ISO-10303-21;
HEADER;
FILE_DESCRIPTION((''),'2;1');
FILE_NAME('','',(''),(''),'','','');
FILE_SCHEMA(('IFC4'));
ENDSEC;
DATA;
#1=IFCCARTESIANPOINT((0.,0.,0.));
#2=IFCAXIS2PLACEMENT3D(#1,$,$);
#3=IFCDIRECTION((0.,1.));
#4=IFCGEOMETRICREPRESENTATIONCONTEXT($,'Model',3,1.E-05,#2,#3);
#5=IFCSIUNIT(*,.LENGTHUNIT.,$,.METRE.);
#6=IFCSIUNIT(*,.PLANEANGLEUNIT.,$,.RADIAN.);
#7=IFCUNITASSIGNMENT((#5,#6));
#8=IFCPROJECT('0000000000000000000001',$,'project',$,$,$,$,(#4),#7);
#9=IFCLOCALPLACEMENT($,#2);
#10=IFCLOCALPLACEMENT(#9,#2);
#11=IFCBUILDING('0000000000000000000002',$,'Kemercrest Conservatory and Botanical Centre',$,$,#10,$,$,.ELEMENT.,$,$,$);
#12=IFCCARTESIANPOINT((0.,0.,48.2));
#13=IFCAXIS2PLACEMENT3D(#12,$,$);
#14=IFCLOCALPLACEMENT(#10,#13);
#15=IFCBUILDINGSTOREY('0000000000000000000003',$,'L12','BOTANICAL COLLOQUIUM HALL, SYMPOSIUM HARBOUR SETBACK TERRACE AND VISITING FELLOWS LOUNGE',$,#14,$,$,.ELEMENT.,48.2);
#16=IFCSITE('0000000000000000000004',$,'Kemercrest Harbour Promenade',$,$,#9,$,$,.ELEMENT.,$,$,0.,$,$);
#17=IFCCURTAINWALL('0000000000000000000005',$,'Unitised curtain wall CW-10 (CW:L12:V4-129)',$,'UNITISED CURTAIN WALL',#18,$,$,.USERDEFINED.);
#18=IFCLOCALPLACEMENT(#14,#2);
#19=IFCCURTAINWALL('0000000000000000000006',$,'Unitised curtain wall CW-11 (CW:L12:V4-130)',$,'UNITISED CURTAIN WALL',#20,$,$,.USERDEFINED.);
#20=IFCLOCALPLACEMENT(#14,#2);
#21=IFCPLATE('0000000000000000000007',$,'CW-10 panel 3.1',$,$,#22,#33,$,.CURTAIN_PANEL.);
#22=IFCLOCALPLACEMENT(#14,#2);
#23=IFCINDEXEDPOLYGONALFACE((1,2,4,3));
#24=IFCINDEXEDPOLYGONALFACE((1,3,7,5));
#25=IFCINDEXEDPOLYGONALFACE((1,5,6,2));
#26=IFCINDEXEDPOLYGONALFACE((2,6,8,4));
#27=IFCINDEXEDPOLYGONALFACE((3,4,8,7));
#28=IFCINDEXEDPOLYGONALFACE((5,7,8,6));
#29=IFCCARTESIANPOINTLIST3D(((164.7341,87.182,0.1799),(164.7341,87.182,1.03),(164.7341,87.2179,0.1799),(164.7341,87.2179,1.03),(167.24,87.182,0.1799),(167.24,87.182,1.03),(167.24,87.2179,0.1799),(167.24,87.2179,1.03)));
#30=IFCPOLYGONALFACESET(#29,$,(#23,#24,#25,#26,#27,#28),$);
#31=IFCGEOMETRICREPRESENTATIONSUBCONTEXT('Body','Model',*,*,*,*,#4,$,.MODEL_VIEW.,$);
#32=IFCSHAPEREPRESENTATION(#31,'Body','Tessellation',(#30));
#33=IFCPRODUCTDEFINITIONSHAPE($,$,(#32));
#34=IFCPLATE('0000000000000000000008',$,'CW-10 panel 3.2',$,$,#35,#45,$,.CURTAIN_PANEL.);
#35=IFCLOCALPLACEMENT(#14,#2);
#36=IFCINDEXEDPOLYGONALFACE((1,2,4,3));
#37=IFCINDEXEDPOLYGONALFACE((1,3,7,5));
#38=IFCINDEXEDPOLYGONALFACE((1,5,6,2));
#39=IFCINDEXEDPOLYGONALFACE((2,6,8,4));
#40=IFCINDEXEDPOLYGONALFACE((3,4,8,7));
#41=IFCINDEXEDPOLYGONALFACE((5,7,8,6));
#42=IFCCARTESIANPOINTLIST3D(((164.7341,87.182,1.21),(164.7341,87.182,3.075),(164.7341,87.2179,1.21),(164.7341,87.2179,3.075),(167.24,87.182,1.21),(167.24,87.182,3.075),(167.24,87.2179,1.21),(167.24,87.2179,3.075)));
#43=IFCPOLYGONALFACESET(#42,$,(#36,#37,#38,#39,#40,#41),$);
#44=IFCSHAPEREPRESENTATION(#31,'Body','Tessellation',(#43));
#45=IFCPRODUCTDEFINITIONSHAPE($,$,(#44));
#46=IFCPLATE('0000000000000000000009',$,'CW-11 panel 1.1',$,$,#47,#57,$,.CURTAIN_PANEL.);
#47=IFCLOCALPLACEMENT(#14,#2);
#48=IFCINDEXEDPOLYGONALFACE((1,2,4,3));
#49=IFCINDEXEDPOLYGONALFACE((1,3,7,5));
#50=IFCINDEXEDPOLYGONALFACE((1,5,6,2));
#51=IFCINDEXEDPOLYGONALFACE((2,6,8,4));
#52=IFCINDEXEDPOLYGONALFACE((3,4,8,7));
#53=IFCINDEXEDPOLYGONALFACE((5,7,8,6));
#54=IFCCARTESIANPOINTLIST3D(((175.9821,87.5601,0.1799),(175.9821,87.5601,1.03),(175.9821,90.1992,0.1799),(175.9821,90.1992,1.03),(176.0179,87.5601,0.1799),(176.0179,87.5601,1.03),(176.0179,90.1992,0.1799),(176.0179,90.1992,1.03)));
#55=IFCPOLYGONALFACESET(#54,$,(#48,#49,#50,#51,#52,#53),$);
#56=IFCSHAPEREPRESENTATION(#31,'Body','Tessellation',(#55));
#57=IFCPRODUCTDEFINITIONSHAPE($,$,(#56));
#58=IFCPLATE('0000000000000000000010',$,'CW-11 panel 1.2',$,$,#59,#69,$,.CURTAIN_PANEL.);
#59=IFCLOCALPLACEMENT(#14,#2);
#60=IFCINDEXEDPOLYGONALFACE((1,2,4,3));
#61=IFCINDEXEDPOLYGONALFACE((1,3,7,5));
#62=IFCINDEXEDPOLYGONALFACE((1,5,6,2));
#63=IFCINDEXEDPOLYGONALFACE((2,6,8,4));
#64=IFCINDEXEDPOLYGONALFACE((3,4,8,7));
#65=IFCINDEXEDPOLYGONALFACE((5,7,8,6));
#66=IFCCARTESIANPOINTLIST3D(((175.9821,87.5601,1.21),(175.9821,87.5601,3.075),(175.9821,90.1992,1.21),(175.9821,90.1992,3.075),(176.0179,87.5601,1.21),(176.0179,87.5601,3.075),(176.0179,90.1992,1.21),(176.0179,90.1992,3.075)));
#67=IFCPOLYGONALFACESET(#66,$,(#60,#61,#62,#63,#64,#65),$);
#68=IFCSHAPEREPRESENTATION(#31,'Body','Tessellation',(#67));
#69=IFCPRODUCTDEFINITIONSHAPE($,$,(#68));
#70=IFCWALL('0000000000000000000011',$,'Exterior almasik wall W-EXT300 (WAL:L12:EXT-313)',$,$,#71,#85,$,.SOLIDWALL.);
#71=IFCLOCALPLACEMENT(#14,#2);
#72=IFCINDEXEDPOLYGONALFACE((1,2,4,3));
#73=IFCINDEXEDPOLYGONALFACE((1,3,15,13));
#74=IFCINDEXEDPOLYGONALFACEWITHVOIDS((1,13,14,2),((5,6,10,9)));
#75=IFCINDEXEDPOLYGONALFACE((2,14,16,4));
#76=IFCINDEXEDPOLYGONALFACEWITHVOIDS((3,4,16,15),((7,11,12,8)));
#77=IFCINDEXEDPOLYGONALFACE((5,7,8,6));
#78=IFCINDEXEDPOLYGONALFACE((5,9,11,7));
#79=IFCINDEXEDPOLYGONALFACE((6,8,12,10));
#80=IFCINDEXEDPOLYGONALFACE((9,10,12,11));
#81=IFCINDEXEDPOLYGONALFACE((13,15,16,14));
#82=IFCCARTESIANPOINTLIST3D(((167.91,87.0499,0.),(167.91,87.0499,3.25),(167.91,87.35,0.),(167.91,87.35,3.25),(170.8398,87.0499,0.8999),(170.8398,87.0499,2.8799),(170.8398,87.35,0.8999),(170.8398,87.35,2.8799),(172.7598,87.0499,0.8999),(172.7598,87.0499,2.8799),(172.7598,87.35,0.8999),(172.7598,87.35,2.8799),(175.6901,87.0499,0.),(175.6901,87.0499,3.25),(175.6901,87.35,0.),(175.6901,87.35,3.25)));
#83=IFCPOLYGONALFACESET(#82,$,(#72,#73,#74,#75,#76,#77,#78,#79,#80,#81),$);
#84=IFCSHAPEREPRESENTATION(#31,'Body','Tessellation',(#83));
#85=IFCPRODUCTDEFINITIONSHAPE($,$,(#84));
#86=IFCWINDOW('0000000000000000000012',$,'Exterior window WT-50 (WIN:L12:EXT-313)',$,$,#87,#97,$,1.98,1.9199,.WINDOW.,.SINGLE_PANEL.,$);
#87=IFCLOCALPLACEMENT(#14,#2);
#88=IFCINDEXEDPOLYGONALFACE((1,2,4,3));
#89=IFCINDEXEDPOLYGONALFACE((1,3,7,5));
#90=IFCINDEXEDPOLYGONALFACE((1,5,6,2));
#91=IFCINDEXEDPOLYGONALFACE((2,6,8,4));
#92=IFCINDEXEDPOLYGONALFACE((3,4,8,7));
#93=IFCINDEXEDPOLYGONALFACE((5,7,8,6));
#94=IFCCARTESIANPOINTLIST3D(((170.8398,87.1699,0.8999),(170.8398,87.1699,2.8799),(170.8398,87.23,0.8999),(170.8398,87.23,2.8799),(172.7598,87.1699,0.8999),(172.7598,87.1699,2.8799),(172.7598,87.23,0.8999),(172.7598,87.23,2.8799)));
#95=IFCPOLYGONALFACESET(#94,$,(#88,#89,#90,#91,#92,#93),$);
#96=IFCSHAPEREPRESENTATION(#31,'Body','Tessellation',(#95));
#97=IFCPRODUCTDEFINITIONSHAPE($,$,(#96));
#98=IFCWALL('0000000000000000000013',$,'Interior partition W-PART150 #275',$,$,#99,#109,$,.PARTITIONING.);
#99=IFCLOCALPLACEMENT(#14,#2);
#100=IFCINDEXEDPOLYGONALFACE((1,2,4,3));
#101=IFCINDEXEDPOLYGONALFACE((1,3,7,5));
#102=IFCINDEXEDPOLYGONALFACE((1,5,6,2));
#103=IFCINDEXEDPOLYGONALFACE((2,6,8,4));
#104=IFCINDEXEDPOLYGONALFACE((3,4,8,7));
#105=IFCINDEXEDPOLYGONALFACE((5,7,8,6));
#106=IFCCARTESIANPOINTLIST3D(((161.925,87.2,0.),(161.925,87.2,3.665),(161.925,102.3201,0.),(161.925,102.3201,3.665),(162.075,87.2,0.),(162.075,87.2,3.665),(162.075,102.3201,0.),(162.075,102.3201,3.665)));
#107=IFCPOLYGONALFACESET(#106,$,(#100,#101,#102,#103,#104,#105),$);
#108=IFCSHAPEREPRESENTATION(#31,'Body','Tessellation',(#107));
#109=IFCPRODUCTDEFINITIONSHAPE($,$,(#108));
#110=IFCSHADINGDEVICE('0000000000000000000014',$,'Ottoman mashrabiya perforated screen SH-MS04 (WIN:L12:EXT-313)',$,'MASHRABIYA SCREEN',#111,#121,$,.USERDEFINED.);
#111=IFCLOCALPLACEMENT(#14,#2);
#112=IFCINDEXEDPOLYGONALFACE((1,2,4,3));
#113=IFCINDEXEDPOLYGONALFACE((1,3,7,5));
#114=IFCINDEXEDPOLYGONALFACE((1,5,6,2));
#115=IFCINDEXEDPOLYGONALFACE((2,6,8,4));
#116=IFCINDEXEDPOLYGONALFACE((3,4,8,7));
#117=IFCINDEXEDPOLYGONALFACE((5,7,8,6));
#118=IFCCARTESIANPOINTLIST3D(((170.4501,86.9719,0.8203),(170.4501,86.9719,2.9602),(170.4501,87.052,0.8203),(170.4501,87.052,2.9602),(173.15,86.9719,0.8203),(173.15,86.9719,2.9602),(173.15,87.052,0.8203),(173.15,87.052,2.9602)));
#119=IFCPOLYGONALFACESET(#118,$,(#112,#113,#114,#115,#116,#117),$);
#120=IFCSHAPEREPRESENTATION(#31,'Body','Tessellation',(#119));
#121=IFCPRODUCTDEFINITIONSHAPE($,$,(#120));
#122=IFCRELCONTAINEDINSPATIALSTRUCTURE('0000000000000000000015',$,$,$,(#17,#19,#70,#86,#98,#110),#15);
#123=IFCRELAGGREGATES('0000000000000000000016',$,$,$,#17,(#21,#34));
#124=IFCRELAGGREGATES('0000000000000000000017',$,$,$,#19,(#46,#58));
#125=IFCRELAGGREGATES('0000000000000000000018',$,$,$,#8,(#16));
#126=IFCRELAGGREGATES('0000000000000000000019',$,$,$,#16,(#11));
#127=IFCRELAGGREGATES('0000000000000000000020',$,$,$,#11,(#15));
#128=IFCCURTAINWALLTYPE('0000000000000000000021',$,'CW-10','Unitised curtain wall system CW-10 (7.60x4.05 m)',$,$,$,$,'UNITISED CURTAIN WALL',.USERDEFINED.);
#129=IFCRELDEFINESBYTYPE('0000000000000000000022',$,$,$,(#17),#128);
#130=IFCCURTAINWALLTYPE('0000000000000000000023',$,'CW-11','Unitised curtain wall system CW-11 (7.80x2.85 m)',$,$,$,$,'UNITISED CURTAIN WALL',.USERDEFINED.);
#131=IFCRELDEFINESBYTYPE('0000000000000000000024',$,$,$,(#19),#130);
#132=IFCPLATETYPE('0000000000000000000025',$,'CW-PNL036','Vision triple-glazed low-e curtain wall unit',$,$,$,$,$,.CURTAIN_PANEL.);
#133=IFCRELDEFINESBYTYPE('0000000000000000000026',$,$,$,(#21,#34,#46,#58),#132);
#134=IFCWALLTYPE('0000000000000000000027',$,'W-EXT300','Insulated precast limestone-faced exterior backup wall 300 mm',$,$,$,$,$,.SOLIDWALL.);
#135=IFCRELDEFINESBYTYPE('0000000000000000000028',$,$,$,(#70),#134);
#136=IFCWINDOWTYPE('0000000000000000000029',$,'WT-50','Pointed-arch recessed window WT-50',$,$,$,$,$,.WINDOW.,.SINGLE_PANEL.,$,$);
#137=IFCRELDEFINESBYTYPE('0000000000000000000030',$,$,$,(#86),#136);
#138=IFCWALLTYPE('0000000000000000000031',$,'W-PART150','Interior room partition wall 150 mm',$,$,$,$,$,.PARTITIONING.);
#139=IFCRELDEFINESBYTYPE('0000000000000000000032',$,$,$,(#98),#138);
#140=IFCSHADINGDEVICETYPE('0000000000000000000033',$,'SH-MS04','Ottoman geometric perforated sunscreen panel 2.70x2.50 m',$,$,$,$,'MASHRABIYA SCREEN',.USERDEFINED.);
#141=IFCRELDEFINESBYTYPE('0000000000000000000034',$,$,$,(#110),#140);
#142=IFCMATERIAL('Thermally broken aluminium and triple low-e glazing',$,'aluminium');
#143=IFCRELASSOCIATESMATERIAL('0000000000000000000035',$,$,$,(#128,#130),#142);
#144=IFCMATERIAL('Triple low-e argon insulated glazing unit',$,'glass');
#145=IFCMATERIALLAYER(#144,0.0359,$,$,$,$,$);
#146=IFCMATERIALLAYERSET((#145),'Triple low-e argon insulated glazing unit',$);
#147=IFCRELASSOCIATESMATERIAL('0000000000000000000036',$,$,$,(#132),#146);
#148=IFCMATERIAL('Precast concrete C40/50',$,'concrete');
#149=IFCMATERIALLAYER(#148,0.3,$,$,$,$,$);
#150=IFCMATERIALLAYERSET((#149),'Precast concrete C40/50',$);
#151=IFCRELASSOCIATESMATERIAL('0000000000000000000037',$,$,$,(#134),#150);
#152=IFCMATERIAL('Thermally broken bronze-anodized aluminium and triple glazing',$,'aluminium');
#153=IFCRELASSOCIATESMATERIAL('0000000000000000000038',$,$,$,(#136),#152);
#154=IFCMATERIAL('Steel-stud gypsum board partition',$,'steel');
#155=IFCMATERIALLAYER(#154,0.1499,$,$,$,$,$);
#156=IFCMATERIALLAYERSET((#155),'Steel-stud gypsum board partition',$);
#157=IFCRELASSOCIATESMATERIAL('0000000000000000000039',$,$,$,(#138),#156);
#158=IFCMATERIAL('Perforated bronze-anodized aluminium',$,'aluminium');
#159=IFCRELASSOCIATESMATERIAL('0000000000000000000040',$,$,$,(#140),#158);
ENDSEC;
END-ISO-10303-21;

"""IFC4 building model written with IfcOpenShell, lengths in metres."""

from ifc_helpers import new_model, si_unit, direction, frame, frame_2d, origin, origin_2d, place, context, subcontext, project, spatial, rectangle, extrude, material, layer, layer_set, type_object, element, fill, aggregate, save


model = new_model("IFC4")

# Units and contexts
model_context = context("Model", 3, precision=1e-05, world=origin(), true_north=direction((0.0, 1.0)))
body_context = subcontext(model_context, "Body", "Model", "MODEL_VIEW")
ifc_project = project(units=[si_unit("LENGTHUNIT", "METRE"), si_unit("PLANEANGLEUNIT", "RADIAN")], contexts=[model_context])

# Site, building, storey
site_placement = place(None, origin())
site = spatial("IfcSite", under=ifc_project, at=site_placement, Name="Kemercrest Harbour Promenade", CompositionType="ELEMENT", RefElevation=0.0)
building_placement = place(site_placement, origin())
building = spatial("IfcBuilding", under=site, at=building_placement, Name="Kemercrest Conservatory and Botanical Centre", CompositionType="ELEMENT")
storey_placement = place(building_placement, frame((0.0, 0.0, 48.2)))
storey = spatial("IfcBuildingStorey", under=building, at=storey_placement, Name="L12", Description="BOTANICAL COLLOQUIUM HALL, SYMPOSIUM HARBOUR SETBACK TERRACE AND VISITING FELLOWS LOUNGE", CompositionType="ELEMENT", Elevation=48.2)

# Curtain wall
ifc_material_1 = material(Name="Thermally broken aluminium and triple low-e glazing", Category="aluminium")
curtain_wall_type_1 = type_object("IfcCurtainWallType", Name="CW-10", Description="Unitised curtain wall system CW-10 (7.60x4.05 m)", ElementType="UNITISED CURTAIN WALL", PredefinedType="USERDEFINED", material=ifc_material_1)
curtain_wall_1_placement = place(storey_placement, origin())
curtain_wall_1 = element("IfcCurtainWall", 1, at=curtain_wall_1_placement, inside=storey, type_object=curtain_wall_type_1, Name="Unitised curtain wall CW-10 (CW:L12:V4-129)", ObjectType="UNITISED CURTAIN WALL", PredefinedType="USERDEFINED")

# Curtain wall
curtain_wall_type_2 = type_object("IfcCurtainWallType", Name="CW-11", Description="Unitised curtain wall system CW-11 (7.80x2.85 m)", ElementType="UNITISED CURTAIN WALL", PredefinedType="USERDEFINED", material=ifc_material_1)
curtain_wall_2_placement = place(storey_placement, origin())
curtain_wall_2 = element("IfcCurtainWall", 2, at=curtain_wall_2_placement, inside=storey, type_object=curtain_wall_type_2, Name="Unitised curtain wall CW-11 (CW:L12:V4-130)", ObjectType="UNITISED CURTAIN WALL", PredefinedType="USERDEFINED")

# Plates
ifc_material_2 = material(Name="Triple low-e argon insulated glazing unit", Category="glass")
ifc_layer_1 = layer(ifc_material_2, 0.0359)
ifc_layer_set_1 = layer_set([ifc_layer_1], Name="Triple low-e argon insulated glazing unit")
plate_type = type_object("IfcPlateType", Name="CW-PNL036", Description="Vision triple-glazed low-e curtain wall unit", PredefinedType="CURTAIN_PANEL", material=ifc_layer_set_1)
plate_1_placement = place(storey_placement, frame((165.9871, 87.2, 0.1799), z_axis=(0.0, 0.0, 1.0), x_axis=(1.0, 0.0, 0.0)))
plate_1 = element("IfcPlate", 3, at=plate_1_placement, type_object=plate_type, Name="CW-10 panel 3.1", PredefinedType="CURTAIN_PANEL", context=body_context, shape_type="SweptSolid", body=[
    extrude(rectangle(XDim=2.5059, YDim=0.0359, at=origin_2d()), origin(), (0.0, 0.0, 1.0), 0.8501),
])
plate_2_placement = place(storey_placement, frame((165.9871, 87.2, 1.21), z_axis=(0.0, 0.0, 1.0), x_axis=(1.0, 0.0, 0.0)))
plate_2 = element("IfcPlate", 4, at=plate_2_placement, type_object=plate_type, Name="CW-10 panel 3.2", PredefinedType="CURTAIN_PANEL", context=body_context, shape_type="SweptSolid", body=[
    extrude(rectangle(XDim=2.5059, YDim=0.0359, at=origin_2d()), origin(), (0.0, 0.0, 1.0), 1.865),
])
aggregate(curtain_wall_1, [plate_1, plate_2])
plate_3_placement = place(storey_placement, frame((176.0, 88.8796, 0.1799), z_axis=(0.0, 0.0, 1.0), x_axis=(0.0, 1.0, 0.0)))
plate_3 = element("IfcPlate", 5, at=plate_3_placement, type_object=plate_type, Name="CW-11 panel 1.1", PredefinedType="CURTAIN_PANEL", context=body_context, shape_type="SweptSolid", body=[
    extrude(rectangle(XDim=2.6392, YDim=0.0359, at=origin_2d()), origin(), (0.0, 0.0, 1.0), 0.8501),
])
plate_4_placement = place(storey_placement, frame((176.0, 88.8796, 1.21), z_axis=(0.0, 0.0, 1.0), x_axis=(0.0, 1.0, 0.0)))
plate_4 = element("IfcPlate", 6, at=plate_4_placement, type_object=plate_type, Name="CW-11 panel 1.2", PredefinedType="CURTAIN_PANEL", context=body_context, shape_type="SweptSolid", body=[
    extrude(rectangle(XDim=2.6392, YDim=0.0359, at=origin_2d()), origin(), (0.0, 0.0, 1.0), 1.865),
])
aggregate(curtain_wall_2, [plate_3, plate_4])

# Wall, opening, window
ifc_material_3 = material(Name="Precast concrete C40/50", Category="concrete")
ifc_layer_2 = layer(ifc_material_3, 0.3)
ifc_layer_set_2 = layer_set([ifc_layer_2], Name="Precast concrete C40/50")
wall_type_1 = type_object("IfcWallType", Name="W-EXT300", Description="Insulated precast limestone-faced exterior backup wall 300 mm", PredefinedType="SOLIDWALL", material=ifc_layer_set_2)
wall_1_placement = place(storey_placement, frame((167.9099, 87.2, 0.0), z_axis=(0.0, 0.0, 1.0), x_axis=(1.0, 0.0, 0.0)))
wall_1 = element("IfcWall", 7, at=wall_1_placement, inside=storey, type_object=wall_type_1, Name="Exterior almasik wall W-EXT300 (WAL:L12:EXT-313)", PredefinedType="SOLIDWALL", context=body_context, shape_type="SweptSolid", body=[
    extrude(rectangle(XDim=7.78, YDim=0.3, at=frame_2d((3.8901, 0.0))), origin(), (0.0, 0.0, 1.0), 3.25),
])
opening_placement = place(wall_1_placement, frame((2.9299, 0.0, 0.8999)))
opening = element("IfcOpeningElement", 8, at=opening_placement, cuts=wall_1, PredefinedType="OPENING", context=body_context, shape_type="SweptSolid", body=[
    extrude(rectangle(XDim=1.9199, YDim=1.98, at=frame_2d((0.96, 0.99))), frame((0.0, 0.1602, 0.0), z_axis=(0.0, -1.0, 0.0), x_axis=(1.0, 0.0, 0.0)), (0.0, 0.0, 1.0), 0.3201),
])
ifc_material_4 = material(Name="Thermally broken bronze-anodized aluminium and triple glazing", Category="aluminium")
window_type = type_object("IfcWindowType", Name="WT-50", Description="Pointed-arch recessed window WT-50", PartitioningType="SINGLE_PANEL", PredefinedType="WINDOW", material=ifc_material_4)
window_placement = place(opening_placement, origin())
window = element("IfcWindow", 9, at=window_placement, inside=storey, type_object=window_type, Name="Exterior window WT-50 (WIN:L12:EXT-313)", OverallHeight=1.98, OverallWidth=1.9199, PartitioningType="SINGLE_PANEL", PredefinedType="WINDOW", context=body_context, shape_type="SweptSolid", body=[
    extrude(rectangle(XDim=1.9199, YDim=1.98, at=frame_2d((0.96, 0.99))), frame((0.0, 0.03, 0.0), z_axis=(0.0, -1.0, 0.0), x_axis=(1.0, 0.0, 0.0)), (0.0, 0.0, 1.0), 0.0601),
])
fill(opening, window)

# Wall
ifc_material_5 = material(Name="Steel-stud gypsum board partition", Category="steel")
ifc_layer_3 = layer(ifc_material_5, 0.1499)
ifc_layer_set_3 = layer_set([ifc_layer_3], Name="Steel-stud gypsum board partition")
wall_type_2 = type_object("IfcWallType", Name="W-PART150", Description="Interior room partition wall 150 mm", PredefinedType="PARTITIONING", material=ifc_layer_set_3)
wall_2_placement = place(storey_placement, frame((162.0, 87.2, 0.0), z_axis=(0.0, 0.0, 1.0), x_axis=(0.0, 1.0, 0.0)))
element("IfcWall", 10, at=wall_2_placement, inside=storey, type_object=wall_type_2, Name="Interior partition W-PART150 #275", PredefinedType="PARTITIONING", context=body_context, shape_type="SweptSolid", body=[
    extrude(rectangle(XDim=15.1201, YDim=0.1499, at=frame_2d((7.5601, 0.0))), origin(), (0.0, 0.0, 1.0), 3.665),
])

# Shading device
ifc_material_6 = material(Name="Perforated bronze-anodized aluminium", Category="aluminium")
shading_device_type = type_object("IfcShadingDeviceType", Name="SH-MS04", Description="Ottoman geometric perforated sunscreen panel 2.70x2.50 m", ElementType="MASHRABIYA SCREEN", PredefinedType="USERDEFINED", material=ifc_material_6)
shading_device_placement = place(storey_placement, frame((171.8, 87.012, 0.8203), z_axis=(0.0, 0.0, 1.0), x_axis=(1.0, 0.0, 0.0)))
element("IfcShadingDevice", 11, at=shading_device_placement, inside=storey, type_object=shading_device_type, Name="Ottoman mashrabiya perforated screen SH-MS04 (WIN:L12:EXT-313)", ObjectType="MASHRABIYA SCREEN", PredefinedType="USERDEFINED", context=body_context, shape_type="SweptSolid", body=[
    extrude(rectangle(XDim=2.7, YDim=0.0801, at=origin_2d()), origin(), (0.0, 0.0, 1.0), 2.1399),
])

save(model, "model.ifc")
